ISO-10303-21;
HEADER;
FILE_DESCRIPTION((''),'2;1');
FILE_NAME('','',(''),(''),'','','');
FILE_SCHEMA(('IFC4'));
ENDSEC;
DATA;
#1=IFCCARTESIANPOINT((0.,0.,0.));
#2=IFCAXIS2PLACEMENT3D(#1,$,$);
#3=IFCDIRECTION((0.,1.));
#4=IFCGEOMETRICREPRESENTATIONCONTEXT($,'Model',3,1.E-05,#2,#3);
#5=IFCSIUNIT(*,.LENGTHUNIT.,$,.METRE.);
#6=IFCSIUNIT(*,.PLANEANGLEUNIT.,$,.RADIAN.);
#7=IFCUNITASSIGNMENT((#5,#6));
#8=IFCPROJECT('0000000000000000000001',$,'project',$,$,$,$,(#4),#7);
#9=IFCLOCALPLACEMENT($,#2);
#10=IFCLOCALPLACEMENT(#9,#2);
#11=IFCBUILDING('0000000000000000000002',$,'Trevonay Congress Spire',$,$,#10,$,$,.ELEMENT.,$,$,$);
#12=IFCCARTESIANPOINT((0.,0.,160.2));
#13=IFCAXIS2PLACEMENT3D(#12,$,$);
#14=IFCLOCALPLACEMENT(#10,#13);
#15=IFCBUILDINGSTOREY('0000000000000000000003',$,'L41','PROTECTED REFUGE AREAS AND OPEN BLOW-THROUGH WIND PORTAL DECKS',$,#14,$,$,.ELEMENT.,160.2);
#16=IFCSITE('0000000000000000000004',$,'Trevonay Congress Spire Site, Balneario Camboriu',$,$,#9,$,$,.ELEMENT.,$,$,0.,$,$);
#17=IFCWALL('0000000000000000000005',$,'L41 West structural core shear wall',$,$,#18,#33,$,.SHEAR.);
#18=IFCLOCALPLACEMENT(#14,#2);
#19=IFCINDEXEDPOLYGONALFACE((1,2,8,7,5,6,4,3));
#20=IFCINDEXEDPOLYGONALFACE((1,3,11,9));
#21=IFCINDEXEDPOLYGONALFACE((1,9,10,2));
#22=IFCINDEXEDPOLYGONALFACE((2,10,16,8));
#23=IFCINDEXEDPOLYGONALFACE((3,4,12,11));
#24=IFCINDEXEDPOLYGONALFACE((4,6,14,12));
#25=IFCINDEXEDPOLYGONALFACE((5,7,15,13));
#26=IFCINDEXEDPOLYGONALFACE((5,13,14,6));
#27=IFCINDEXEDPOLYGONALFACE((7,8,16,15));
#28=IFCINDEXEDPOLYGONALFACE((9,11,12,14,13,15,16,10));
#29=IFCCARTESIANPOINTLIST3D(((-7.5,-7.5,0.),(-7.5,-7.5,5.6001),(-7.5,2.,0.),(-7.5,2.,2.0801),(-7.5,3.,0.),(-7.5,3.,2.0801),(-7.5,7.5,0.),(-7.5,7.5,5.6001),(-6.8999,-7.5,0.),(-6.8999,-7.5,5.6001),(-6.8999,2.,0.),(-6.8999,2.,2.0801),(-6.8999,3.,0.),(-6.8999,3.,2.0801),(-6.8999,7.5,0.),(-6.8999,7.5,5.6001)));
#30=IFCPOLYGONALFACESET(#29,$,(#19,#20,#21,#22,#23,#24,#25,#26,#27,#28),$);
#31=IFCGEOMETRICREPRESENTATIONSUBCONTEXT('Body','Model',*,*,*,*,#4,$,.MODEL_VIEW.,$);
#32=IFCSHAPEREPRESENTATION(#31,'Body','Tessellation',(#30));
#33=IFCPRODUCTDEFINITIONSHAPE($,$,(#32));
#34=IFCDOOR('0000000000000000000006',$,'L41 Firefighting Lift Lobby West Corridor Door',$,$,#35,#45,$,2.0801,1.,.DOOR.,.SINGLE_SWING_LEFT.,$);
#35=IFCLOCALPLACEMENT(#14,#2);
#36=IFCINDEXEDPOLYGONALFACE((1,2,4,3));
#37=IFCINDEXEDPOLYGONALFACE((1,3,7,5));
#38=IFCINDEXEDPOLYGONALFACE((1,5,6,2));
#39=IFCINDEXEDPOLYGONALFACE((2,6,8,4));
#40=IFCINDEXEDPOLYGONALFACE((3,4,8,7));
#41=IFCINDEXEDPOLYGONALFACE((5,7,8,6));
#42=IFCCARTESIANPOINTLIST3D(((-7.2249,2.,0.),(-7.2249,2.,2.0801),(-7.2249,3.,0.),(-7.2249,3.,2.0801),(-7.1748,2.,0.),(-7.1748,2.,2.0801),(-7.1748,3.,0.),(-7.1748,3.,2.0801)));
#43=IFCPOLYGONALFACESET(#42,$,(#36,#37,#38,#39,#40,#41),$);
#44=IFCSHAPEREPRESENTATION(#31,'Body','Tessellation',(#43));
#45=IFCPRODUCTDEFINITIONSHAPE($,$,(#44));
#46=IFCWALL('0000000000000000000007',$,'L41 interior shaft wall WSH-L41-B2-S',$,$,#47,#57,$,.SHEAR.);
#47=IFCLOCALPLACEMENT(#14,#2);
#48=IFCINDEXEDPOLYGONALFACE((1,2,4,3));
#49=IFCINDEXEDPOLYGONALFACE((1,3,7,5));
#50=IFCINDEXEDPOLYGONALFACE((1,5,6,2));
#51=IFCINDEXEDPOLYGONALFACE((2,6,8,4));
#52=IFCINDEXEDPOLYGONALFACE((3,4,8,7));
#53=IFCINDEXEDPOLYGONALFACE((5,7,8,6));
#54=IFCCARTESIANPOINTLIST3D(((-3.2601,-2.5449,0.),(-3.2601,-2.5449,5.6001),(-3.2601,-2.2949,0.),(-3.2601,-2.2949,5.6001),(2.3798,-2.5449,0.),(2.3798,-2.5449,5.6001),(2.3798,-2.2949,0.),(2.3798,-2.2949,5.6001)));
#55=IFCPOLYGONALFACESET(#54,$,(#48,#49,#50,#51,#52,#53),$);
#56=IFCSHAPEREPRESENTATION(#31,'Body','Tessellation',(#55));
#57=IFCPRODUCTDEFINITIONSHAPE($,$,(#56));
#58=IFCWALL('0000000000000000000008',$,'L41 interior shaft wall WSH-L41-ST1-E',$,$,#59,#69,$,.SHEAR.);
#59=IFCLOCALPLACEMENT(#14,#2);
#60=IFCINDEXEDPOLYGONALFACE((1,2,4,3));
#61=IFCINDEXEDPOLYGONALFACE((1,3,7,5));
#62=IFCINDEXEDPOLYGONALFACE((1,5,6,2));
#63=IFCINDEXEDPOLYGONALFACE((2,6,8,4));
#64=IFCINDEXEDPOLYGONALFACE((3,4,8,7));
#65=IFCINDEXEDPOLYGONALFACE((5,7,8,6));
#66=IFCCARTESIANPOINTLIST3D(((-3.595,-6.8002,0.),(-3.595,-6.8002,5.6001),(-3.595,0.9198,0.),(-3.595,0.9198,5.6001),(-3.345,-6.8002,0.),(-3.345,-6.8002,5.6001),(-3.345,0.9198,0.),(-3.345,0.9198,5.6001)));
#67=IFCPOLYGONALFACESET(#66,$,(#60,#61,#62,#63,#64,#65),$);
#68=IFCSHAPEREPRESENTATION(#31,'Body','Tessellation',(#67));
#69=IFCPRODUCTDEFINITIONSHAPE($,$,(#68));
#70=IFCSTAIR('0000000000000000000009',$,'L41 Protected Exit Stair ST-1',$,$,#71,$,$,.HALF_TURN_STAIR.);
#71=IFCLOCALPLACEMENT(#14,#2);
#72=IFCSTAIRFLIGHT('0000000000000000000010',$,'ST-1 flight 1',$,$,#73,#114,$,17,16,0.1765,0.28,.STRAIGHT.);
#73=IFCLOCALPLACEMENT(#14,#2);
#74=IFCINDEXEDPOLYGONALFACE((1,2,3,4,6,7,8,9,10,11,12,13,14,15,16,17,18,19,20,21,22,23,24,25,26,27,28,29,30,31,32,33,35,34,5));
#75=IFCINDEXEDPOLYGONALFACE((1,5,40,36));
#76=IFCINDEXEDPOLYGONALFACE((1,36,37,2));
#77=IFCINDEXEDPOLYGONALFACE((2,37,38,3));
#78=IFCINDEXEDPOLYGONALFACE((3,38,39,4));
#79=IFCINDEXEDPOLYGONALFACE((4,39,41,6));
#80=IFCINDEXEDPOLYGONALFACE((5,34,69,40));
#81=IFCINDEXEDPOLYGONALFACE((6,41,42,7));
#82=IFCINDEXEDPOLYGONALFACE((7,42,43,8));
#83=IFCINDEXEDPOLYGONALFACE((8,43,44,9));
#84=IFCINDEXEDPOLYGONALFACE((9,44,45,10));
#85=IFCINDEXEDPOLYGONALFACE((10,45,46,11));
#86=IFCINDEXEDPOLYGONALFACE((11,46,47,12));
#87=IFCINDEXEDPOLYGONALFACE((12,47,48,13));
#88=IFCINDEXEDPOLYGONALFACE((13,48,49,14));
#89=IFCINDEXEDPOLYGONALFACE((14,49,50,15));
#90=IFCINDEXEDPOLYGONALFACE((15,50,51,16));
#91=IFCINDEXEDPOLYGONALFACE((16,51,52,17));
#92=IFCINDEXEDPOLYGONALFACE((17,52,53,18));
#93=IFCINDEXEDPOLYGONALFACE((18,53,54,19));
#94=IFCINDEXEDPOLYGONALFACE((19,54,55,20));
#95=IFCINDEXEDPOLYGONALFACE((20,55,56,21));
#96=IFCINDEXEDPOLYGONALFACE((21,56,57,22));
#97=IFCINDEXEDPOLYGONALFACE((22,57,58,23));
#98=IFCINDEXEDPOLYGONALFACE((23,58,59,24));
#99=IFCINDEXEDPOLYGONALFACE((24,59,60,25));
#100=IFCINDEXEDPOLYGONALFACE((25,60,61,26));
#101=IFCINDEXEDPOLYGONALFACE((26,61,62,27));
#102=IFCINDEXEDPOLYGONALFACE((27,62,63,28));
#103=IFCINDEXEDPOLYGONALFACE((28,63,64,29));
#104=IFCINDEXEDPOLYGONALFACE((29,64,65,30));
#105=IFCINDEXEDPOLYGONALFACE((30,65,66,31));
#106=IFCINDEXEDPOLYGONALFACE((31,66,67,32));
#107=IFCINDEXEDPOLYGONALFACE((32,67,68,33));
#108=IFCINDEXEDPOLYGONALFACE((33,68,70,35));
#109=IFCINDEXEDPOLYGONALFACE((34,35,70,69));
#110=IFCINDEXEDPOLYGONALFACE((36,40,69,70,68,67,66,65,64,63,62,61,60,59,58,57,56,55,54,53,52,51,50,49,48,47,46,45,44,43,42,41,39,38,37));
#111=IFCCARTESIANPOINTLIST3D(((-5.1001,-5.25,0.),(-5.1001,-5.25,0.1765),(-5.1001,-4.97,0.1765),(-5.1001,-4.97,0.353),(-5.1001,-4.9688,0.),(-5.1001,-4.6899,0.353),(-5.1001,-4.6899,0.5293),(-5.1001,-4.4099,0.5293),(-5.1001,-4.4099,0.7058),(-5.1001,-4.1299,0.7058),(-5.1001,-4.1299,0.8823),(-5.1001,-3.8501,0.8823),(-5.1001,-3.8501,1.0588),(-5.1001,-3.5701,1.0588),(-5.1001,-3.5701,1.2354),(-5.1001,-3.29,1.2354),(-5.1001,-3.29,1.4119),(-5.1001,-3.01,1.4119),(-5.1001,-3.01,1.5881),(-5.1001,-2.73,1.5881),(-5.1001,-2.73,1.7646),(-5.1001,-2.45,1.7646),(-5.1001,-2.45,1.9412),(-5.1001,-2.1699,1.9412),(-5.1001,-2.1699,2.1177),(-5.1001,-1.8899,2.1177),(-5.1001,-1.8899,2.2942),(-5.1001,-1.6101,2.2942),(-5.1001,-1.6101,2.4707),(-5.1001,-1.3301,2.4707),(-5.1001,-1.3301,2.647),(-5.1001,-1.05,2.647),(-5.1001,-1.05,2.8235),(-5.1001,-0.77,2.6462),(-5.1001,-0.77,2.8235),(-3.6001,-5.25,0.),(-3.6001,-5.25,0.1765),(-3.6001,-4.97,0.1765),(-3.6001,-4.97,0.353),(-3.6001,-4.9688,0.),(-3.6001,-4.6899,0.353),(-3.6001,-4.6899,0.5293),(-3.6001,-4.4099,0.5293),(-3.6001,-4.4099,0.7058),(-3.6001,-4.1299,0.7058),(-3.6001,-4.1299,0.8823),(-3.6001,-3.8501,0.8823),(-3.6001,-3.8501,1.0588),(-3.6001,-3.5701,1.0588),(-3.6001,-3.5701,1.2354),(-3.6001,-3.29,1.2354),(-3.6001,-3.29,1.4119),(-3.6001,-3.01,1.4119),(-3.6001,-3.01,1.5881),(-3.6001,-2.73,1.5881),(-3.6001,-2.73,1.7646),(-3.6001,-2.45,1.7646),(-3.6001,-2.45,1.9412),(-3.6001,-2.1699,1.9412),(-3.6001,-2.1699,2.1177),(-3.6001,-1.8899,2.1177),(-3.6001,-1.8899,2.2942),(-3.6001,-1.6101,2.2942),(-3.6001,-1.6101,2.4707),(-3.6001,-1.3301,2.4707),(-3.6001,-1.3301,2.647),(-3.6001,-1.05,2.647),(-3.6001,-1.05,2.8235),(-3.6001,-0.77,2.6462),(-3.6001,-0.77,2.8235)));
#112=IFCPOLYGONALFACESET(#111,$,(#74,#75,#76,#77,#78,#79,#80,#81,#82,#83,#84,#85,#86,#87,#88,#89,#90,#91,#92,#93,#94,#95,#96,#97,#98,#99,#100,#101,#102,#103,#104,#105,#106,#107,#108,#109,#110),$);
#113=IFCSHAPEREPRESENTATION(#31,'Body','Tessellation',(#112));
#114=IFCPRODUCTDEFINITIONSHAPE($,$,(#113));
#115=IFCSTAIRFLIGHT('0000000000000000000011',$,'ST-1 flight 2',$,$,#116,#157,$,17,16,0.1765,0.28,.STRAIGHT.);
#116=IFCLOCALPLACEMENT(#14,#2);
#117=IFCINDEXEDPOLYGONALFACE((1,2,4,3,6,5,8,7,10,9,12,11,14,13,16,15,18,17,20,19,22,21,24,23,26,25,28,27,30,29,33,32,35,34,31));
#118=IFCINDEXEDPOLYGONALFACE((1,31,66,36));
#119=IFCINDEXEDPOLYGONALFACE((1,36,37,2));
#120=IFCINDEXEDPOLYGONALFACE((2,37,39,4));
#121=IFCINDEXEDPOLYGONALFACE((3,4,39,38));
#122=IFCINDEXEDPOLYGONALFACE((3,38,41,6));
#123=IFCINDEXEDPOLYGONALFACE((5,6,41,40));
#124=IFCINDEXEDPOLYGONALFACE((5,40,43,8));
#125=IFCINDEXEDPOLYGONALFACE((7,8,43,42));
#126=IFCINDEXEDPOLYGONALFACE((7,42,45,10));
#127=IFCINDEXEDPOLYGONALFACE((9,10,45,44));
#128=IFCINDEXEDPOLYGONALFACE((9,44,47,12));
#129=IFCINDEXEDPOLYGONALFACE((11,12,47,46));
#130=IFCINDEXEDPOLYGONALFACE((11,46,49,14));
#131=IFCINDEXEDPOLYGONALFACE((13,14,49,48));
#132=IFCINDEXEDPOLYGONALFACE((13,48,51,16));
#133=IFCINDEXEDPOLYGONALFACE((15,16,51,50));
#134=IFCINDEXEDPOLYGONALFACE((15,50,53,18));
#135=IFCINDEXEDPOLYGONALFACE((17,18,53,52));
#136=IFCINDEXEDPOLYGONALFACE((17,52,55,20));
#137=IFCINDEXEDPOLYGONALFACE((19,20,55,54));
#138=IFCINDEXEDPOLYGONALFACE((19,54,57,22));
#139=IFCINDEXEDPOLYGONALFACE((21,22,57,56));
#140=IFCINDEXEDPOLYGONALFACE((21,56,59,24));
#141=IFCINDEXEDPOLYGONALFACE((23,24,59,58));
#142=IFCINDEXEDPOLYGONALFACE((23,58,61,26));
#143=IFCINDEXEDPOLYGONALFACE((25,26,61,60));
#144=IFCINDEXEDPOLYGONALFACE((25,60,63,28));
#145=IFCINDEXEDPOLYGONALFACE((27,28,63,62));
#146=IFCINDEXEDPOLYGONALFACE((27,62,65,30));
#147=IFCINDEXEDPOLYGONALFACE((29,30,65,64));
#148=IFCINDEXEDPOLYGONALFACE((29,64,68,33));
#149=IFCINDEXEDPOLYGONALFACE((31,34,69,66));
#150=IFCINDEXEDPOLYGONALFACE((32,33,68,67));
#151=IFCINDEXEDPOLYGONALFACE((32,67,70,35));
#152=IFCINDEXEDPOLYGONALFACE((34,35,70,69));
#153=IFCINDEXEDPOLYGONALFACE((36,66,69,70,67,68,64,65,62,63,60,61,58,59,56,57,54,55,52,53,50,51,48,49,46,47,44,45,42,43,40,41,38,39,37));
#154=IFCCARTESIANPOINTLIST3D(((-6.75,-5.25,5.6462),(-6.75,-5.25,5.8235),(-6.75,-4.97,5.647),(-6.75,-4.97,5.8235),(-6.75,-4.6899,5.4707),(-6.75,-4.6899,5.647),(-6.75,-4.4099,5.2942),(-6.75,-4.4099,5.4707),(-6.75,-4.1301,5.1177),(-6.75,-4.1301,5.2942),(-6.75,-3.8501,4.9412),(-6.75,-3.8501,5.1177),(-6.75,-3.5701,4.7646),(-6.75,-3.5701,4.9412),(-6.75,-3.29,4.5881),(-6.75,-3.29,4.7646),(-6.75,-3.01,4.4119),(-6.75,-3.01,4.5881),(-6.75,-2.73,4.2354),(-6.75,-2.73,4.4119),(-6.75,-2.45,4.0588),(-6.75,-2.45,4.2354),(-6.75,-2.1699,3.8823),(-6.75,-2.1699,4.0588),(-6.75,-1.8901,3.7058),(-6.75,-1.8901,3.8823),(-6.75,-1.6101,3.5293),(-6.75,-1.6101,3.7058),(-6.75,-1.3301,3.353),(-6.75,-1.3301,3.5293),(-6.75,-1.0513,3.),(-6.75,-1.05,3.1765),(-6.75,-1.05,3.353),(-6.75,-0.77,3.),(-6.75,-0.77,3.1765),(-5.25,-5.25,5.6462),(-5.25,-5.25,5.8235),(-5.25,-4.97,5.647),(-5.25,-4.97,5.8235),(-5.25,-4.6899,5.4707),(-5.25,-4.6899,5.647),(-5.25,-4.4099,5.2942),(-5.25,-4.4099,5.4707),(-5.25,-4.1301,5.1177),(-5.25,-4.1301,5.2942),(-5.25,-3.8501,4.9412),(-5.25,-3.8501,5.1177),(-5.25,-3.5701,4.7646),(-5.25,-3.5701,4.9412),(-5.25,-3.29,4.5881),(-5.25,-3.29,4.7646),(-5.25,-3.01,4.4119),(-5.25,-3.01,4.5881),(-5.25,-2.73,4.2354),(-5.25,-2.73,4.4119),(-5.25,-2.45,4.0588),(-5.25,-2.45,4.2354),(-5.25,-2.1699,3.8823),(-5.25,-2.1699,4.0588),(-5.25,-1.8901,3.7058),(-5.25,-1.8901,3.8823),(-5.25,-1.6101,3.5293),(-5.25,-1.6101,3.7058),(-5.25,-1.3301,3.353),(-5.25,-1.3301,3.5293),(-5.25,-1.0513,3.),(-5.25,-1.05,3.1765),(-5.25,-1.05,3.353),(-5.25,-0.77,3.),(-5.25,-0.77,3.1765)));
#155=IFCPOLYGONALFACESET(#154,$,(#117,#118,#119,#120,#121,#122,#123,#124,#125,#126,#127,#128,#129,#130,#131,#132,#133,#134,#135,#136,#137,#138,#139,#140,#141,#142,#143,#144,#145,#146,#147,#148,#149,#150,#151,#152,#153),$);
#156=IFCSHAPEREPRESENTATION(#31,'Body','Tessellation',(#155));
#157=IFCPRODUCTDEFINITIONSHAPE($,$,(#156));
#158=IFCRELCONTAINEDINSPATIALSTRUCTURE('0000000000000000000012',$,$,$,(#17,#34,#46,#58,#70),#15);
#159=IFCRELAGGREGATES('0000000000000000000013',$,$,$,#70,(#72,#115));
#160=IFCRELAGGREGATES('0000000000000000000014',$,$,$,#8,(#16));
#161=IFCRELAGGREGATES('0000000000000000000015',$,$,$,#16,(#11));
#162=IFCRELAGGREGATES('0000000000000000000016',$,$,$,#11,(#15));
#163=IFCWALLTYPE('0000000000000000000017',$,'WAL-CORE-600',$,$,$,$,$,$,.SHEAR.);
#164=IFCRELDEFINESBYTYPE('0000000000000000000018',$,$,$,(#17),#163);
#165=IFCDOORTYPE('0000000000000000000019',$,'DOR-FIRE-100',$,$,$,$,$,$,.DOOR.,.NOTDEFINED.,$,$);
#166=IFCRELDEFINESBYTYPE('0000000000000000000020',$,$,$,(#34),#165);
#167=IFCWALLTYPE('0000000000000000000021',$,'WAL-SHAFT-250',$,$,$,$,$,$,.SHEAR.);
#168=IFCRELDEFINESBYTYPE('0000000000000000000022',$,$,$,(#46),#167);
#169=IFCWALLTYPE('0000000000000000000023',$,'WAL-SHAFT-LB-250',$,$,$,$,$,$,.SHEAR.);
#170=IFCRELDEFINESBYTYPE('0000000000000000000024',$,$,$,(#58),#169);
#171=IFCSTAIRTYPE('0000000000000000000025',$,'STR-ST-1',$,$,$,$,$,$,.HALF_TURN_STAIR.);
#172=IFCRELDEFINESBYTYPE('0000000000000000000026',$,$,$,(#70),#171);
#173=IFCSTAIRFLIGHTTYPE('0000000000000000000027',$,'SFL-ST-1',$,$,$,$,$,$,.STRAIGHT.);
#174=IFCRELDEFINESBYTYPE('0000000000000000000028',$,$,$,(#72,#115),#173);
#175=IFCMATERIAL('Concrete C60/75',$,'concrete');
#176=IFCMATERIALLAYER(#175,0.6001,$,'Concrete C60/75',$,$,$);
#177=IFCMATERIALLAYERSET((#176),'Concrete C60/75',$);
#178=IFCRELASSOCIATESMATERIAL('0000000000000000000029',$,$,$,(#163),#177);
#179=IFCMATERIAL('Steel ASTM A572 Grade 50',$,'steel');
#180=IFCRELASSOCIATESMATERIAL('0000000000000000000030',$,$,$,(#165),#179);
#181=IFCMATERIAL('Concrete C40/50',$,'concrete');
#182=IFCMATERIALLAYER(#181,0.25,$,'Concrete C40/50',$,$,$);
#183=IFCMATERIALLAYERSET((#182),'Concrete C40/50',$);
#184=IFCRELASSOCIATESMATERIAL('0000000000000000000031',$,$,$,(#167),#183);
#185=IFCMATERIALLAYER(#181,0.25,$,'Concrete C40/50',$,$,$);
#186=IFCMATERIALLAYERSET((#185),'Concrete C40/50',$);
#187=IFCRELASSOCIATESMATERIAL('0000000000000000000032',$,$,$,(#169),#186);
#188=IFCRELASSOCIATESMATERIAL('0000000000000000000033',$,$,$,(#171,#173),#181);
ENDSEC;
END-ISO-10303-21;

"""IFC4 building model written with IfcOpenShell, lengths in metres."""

from ifc_helpers import new_model, si_unit, direction, frame, frame_2d, origin, place, context, subcontext, project, spatial, polyline, rectangle, outline, extrude, material, layer, layer_set, type_object, element, fill, aggregate, save


model = new_model("IFC4")

# Units and contexts
model_context = context("Model", 3, precision=1e-05, world=origin(), true_north=direction((0.0, 1.0)))
body_context = subcontext(model_context, "Body", "Model", "MODEL_VIEW")
ifc_project = project(units=[si_unit("LENGTHUNIT", "METRE"), si_unit("PLANEANGLEUNIT", "RADIAN")], contexts=[model_context])

# Site, building, storey
site_placement = place(None, origin())
site = spatial("IfcSite", under=ifc_project, at=site_placement, Name="Trevonay Congress Spire Site, Balneario Camboriu", CompositionType="ELEMENT", RefElevation=0.0)
building_placement = place(site_placement, origin())
building = spatial("IfcBuilding", under=site, at=building_placement, Name="Trevonay Congress Spire", CompositionType="ELEMENT")
storey_placement = place(building_placement, frame((0.0, 0.0, 160.2)))
storey = spatial("IfcBuildingStorey", under=building, at=storey_placement, Name="L41", Description="PROTECTED REFUGE AREAS AND OPEN BLOW-THROUGH WIND PORTAL DECKS", CompositionType="ELEMENT", Elevation=160.2)

# Shared definitions
ifc_material_1 = material(Name="Steel ASTM A572 Grade 50", Category="steel")

# Shared definitions
ifc_material_2 = material(Name="Concrete C60/75", Category="concrete")
ifc_layer_1 = layer(ifc_material_2, 0.6001, Name="Concrete C60/75")
ifc_layer_set_1 = layer_set([ifc_layer_1], Name="Concrete C60/75")
wall_type_1 = type_object("IfcWallType", Name="WAL-CORE-600", PredefinedType="SHEAR", material=ifc_layer_set_1)
door_type_1 = type_object("IfcDoorType", Name="DOR-FIRE-100", OperationType="NOTDEFINED", PredefinedType="DOOR", material=ifc_material_1)

# Wall, opening, door
wall_1_placement = place(storey_placement, frame((-7.2, -7.5, 0.0), z_axis=(0.0, 0.0, 1.0), x_axis=(0.0, 1.0, 0.0)))
wall_1 = element("IfcWall", 1, at=wall_1_placement, inside=storey, type_object=wall_type_1, Name="L41 West structural core shear wall", PredefinedType="SHEAR", context=body_context, shape_type="SweptSolid", body=[
    extrude(rectangle(XDim=15.0, YDim=0.6001, at=frame_2d((7.5, 0.0))), origin(), (0.0, 0.0, 1.0), 5.6001),
])
opening_1_placement = place(wall_1_placement, frame((9.5, 0.0, 0.0)))
opening_1 = element("IfcOpeningElement", 2, at=opening_1_placement, cuts=wall_1, PredefinedType="OPENING", context=body_context, shape_type="SweptSolid", body=[
    extrude(rectangle(XDim=1.0, YDim=2.0801, at=frame_2d((0.5, 1.04))), frame((0.0, 0.3101, 0.0), z_axis=(0.0, -1.0, 0.0), x_axis=(1.0, 0.0, 0.0)), (0.0, 0.0, 1.0), 0.6201),
])
door_1_placement = place(opening_1_placement, origin())
door_1 = element("IfcDoor", 3, at=door_1_placement, inside=storey, type_object=door_type_1, Name="L41 Firefighting Lift Lobby West Corridor Door", OperationType="SINGLE_SWING_LEFT", OverallHeight=2.0801, OverallWidth=1.0, PredefinedType="DOOR", context=body_context, shape_type="SweptSolid", body=[
    extrude(rectangle(XDim=1.0, YDim=2.0801, at=frame_2d((0.5, 1.04))), frame((0.0, 0.0249, 0.0), z_axis=(0.0, -1.0, 0.0), x_axis=(1.0, 0.0, 0.0)), (0.0, 0.0, 1.0), 0.05),
])
fill(opening_1, door_1)

# Walls
ifc_material_3 = material(Name="Concrete C40/50", Category="concrete")
ifc_layer_2 = layer(ifc_material_3, 0.25, Name="Concrete C40/50")
ifc_layer_set_2 = layer_set([ifc_layer_2], Name="Concrete C40/50")
wall_type_2 = type_object("IfcWallType", Name="WAL-SHAFT-250", PredefinedType="SHEAR", material=ifc_layer_set_2)
wall_2_placement = place(storey_placement, frame((-3.26, -2.4199, 0.0), z_axis=(0.0, 0.0, 1.0), x_axis=(1.0, 0.0, 0.0)))
element("IfcWall", 4, at=wall_2_placement, inside=storey, type_object=wall_type_2, Name="L41 interior shaft wall WSH-L41-B2-S", PredefinedType="SHEAR", context=body_context, shape_type="SweptSolid", body=[
    extrude(rectangle(XDim=5.6399, YDim=0.25, at=frame_2d((2.8198, 0.0))), origin(), (0.0, 0.0, 1.0), 5.6001),
])
ifc_layer_3 = layer(ifc_material_3, 0.25, Name="Concrete C40/50")
ifc_layer_set_3 = layer_set([ifc_layer_3], Name="Concrete C40/50")
wall_type_3 = type_object("IfcWallType", Name="WAL-SHAFT-LB-250", PredefinedType="SHEAR", material=ifc_layer_set_3)
wall_3_placement = place(storey_placement, frame((-3.47, -6.8, 0.0), z_axis=(0.0, 0.0, 1.0), x_axis=(0.0, 1.0, 0.0)))
element("IfcWall", 5, at=wall_3_placement, inside=storey, type_object=wall_type_3, Name="L41 interior shaft wall WSH-L41-ST1-E", PredefinedType="SHEAR", context=body_context, shape_type="SweptSolid", body=[
    extrude(rectangle(XDim=7.72, YDim=0.25, at=frame_2d((3.8599, 0.0))), origin(), (0.0, 0.0, 1.0), 5.6001),
])

# Stair, stair flights
stair_type = type_object("IfcStairType", Name="STR-ST-1", PredefinedType="HALF_TURN_STAIR", material=ifc_material_3)
stair_placement = place(storey_placement, origin())
stair = element("IfcStair", 6, at=stair_placement, inside=storey, type_object=stair_type, Name="L41 Protected Exit Stair ST-1", PredefinedType="HALF_TURN_STAIR")
stair_flight_type = type_object("IfcStairFlightType", Name="SFL-ST-1", PredefinedType="STRAIGHT", material=ifc_material_3)
stair_flight_1_placement = place(storey_placement, frame((-4.3501, -5.25, 0.0), z_axis=(0.0, 0.0, 1.0), x_axis=(0.0, 1.0, 0.0)))
stair_flight_1 = element("IfcStairFlight", 7, at=stair_flight_1_placement, type_object=stair_flight_type, Name="ST-1 flight 1", NumberOfRisers=17, NumberOfTreads=16, PredefinedType="STRAIGHT", RiserHeight=0.1765, TreadLength=0.28, context=body_context, shape_type="SweptSolid", body=[
    extrude(outline(polyline([(0.0, 0.0), (0.0, 0.1765), (0.28, 0.1765), (0.28, 0.353), (0.5601, 0.353), (0.5601, 0.5293), (0.8401, 0.5293), (0.8401, 0.7058), (1.1201, 0.7058), (1.1201, 0.8823), (1.3999, 0.8823), (1.3999, 1.0588), (1.6799, 1.0588), (1.6799, 1.2354), (1.96, 1.2354), (1.96, 1.4119), (2.24, 1.4119), (2.24, 1.5881), (2.52, 1.5881), (2.52, 1.7646), (2.8, 1.7646), (2.8, 1.9412), (3.0801, 1.9412), (3.0801, 2.1177), (3.3601, 2.1177), (3.3601, 2.2942), (3.6399, 2.2942), (3.6399, 2.4707), (3.9199, 2.4707), (3.9199, 2.647), (4.2, 2.647), (4.2, 2.8235), (4.48, 2.8235), (4.48, 3.0), (4.48, 2.6462), (0.2812, 0.0), (0.0, 0.0)])), frame((0.0, 0.75, 0.0), z_axis=(0.0, -1.0, 0.0), x_axis=(1.0, 0.0, 0.0)), (0.0, 0.0, 1.0), 1.5),
])
stair_flight_2_placement = place(storey_placement, frame((-6.0, -0.77, 3.0), z_axis=(0.0, 0.0, 1.0), x_axis=(0.0, -1.0, 0.0)))
stair_flight_2 = element("IfcStairFlight", 8, at=stair_flight_2_placement, type_object=stair_flight_type, Name="ST-1 flight 2", NumberOfRisers=17, NumberOfTreads=16, PredefinedType="STRAIGHT", RiserHeight=0.1765, TreadLength=0.28, context=body_context, shape_type="SweptSolid", body=[
    extrude(outline(polyline([(0.0, 0.0), (0.0, 0.1765), (0.28, 0.1765), (0.28, 0.353), (0.5601, 0.353), (0.5601, 0.5293), (0.8401, 0.5293), (0.8401, 0.7058), (1.1201, 0.7058), (1.1201, 0.8823), (1.3999, 0.8823), (1.3999, 1.0588), (1.6799, 1.0588), (1.6799, 1.2354), (1.96, 1.2354), (1.96, 1.4119), (2.24, 1.4119), (2.24, 1.5881), (2.52, 1.5881), (2.52, 1.7646), (2.8, 1.7646), (2.8, 1.9412), (3.0801, 1.9412), (3.0801, 2.1177), (3.3601, 2.1177), (3.3601, 2.2942), (3.6399, 2.2942), (3.6399, 2.4707), (3.9199, 2.4707), (3.9199, 2.647), (4.2, 2.647), (4.2, 2.8235), (4.48, 2.8235), (4.48, 3.0), (4.48, 2.6462), (0.2812, 0.0), (0.0, 0.0)])), frame((0.0, 0.75, 0.0), z_axis=(0.0, -1.0, 0.0), x_axis=(1.0, 0.0, 0.0)), (0.0, 0.0, 1.0), 1.5),
])
aggregate(stair, [stair_flight_1, stair_flight_2])

save(model, "model.ifc")
